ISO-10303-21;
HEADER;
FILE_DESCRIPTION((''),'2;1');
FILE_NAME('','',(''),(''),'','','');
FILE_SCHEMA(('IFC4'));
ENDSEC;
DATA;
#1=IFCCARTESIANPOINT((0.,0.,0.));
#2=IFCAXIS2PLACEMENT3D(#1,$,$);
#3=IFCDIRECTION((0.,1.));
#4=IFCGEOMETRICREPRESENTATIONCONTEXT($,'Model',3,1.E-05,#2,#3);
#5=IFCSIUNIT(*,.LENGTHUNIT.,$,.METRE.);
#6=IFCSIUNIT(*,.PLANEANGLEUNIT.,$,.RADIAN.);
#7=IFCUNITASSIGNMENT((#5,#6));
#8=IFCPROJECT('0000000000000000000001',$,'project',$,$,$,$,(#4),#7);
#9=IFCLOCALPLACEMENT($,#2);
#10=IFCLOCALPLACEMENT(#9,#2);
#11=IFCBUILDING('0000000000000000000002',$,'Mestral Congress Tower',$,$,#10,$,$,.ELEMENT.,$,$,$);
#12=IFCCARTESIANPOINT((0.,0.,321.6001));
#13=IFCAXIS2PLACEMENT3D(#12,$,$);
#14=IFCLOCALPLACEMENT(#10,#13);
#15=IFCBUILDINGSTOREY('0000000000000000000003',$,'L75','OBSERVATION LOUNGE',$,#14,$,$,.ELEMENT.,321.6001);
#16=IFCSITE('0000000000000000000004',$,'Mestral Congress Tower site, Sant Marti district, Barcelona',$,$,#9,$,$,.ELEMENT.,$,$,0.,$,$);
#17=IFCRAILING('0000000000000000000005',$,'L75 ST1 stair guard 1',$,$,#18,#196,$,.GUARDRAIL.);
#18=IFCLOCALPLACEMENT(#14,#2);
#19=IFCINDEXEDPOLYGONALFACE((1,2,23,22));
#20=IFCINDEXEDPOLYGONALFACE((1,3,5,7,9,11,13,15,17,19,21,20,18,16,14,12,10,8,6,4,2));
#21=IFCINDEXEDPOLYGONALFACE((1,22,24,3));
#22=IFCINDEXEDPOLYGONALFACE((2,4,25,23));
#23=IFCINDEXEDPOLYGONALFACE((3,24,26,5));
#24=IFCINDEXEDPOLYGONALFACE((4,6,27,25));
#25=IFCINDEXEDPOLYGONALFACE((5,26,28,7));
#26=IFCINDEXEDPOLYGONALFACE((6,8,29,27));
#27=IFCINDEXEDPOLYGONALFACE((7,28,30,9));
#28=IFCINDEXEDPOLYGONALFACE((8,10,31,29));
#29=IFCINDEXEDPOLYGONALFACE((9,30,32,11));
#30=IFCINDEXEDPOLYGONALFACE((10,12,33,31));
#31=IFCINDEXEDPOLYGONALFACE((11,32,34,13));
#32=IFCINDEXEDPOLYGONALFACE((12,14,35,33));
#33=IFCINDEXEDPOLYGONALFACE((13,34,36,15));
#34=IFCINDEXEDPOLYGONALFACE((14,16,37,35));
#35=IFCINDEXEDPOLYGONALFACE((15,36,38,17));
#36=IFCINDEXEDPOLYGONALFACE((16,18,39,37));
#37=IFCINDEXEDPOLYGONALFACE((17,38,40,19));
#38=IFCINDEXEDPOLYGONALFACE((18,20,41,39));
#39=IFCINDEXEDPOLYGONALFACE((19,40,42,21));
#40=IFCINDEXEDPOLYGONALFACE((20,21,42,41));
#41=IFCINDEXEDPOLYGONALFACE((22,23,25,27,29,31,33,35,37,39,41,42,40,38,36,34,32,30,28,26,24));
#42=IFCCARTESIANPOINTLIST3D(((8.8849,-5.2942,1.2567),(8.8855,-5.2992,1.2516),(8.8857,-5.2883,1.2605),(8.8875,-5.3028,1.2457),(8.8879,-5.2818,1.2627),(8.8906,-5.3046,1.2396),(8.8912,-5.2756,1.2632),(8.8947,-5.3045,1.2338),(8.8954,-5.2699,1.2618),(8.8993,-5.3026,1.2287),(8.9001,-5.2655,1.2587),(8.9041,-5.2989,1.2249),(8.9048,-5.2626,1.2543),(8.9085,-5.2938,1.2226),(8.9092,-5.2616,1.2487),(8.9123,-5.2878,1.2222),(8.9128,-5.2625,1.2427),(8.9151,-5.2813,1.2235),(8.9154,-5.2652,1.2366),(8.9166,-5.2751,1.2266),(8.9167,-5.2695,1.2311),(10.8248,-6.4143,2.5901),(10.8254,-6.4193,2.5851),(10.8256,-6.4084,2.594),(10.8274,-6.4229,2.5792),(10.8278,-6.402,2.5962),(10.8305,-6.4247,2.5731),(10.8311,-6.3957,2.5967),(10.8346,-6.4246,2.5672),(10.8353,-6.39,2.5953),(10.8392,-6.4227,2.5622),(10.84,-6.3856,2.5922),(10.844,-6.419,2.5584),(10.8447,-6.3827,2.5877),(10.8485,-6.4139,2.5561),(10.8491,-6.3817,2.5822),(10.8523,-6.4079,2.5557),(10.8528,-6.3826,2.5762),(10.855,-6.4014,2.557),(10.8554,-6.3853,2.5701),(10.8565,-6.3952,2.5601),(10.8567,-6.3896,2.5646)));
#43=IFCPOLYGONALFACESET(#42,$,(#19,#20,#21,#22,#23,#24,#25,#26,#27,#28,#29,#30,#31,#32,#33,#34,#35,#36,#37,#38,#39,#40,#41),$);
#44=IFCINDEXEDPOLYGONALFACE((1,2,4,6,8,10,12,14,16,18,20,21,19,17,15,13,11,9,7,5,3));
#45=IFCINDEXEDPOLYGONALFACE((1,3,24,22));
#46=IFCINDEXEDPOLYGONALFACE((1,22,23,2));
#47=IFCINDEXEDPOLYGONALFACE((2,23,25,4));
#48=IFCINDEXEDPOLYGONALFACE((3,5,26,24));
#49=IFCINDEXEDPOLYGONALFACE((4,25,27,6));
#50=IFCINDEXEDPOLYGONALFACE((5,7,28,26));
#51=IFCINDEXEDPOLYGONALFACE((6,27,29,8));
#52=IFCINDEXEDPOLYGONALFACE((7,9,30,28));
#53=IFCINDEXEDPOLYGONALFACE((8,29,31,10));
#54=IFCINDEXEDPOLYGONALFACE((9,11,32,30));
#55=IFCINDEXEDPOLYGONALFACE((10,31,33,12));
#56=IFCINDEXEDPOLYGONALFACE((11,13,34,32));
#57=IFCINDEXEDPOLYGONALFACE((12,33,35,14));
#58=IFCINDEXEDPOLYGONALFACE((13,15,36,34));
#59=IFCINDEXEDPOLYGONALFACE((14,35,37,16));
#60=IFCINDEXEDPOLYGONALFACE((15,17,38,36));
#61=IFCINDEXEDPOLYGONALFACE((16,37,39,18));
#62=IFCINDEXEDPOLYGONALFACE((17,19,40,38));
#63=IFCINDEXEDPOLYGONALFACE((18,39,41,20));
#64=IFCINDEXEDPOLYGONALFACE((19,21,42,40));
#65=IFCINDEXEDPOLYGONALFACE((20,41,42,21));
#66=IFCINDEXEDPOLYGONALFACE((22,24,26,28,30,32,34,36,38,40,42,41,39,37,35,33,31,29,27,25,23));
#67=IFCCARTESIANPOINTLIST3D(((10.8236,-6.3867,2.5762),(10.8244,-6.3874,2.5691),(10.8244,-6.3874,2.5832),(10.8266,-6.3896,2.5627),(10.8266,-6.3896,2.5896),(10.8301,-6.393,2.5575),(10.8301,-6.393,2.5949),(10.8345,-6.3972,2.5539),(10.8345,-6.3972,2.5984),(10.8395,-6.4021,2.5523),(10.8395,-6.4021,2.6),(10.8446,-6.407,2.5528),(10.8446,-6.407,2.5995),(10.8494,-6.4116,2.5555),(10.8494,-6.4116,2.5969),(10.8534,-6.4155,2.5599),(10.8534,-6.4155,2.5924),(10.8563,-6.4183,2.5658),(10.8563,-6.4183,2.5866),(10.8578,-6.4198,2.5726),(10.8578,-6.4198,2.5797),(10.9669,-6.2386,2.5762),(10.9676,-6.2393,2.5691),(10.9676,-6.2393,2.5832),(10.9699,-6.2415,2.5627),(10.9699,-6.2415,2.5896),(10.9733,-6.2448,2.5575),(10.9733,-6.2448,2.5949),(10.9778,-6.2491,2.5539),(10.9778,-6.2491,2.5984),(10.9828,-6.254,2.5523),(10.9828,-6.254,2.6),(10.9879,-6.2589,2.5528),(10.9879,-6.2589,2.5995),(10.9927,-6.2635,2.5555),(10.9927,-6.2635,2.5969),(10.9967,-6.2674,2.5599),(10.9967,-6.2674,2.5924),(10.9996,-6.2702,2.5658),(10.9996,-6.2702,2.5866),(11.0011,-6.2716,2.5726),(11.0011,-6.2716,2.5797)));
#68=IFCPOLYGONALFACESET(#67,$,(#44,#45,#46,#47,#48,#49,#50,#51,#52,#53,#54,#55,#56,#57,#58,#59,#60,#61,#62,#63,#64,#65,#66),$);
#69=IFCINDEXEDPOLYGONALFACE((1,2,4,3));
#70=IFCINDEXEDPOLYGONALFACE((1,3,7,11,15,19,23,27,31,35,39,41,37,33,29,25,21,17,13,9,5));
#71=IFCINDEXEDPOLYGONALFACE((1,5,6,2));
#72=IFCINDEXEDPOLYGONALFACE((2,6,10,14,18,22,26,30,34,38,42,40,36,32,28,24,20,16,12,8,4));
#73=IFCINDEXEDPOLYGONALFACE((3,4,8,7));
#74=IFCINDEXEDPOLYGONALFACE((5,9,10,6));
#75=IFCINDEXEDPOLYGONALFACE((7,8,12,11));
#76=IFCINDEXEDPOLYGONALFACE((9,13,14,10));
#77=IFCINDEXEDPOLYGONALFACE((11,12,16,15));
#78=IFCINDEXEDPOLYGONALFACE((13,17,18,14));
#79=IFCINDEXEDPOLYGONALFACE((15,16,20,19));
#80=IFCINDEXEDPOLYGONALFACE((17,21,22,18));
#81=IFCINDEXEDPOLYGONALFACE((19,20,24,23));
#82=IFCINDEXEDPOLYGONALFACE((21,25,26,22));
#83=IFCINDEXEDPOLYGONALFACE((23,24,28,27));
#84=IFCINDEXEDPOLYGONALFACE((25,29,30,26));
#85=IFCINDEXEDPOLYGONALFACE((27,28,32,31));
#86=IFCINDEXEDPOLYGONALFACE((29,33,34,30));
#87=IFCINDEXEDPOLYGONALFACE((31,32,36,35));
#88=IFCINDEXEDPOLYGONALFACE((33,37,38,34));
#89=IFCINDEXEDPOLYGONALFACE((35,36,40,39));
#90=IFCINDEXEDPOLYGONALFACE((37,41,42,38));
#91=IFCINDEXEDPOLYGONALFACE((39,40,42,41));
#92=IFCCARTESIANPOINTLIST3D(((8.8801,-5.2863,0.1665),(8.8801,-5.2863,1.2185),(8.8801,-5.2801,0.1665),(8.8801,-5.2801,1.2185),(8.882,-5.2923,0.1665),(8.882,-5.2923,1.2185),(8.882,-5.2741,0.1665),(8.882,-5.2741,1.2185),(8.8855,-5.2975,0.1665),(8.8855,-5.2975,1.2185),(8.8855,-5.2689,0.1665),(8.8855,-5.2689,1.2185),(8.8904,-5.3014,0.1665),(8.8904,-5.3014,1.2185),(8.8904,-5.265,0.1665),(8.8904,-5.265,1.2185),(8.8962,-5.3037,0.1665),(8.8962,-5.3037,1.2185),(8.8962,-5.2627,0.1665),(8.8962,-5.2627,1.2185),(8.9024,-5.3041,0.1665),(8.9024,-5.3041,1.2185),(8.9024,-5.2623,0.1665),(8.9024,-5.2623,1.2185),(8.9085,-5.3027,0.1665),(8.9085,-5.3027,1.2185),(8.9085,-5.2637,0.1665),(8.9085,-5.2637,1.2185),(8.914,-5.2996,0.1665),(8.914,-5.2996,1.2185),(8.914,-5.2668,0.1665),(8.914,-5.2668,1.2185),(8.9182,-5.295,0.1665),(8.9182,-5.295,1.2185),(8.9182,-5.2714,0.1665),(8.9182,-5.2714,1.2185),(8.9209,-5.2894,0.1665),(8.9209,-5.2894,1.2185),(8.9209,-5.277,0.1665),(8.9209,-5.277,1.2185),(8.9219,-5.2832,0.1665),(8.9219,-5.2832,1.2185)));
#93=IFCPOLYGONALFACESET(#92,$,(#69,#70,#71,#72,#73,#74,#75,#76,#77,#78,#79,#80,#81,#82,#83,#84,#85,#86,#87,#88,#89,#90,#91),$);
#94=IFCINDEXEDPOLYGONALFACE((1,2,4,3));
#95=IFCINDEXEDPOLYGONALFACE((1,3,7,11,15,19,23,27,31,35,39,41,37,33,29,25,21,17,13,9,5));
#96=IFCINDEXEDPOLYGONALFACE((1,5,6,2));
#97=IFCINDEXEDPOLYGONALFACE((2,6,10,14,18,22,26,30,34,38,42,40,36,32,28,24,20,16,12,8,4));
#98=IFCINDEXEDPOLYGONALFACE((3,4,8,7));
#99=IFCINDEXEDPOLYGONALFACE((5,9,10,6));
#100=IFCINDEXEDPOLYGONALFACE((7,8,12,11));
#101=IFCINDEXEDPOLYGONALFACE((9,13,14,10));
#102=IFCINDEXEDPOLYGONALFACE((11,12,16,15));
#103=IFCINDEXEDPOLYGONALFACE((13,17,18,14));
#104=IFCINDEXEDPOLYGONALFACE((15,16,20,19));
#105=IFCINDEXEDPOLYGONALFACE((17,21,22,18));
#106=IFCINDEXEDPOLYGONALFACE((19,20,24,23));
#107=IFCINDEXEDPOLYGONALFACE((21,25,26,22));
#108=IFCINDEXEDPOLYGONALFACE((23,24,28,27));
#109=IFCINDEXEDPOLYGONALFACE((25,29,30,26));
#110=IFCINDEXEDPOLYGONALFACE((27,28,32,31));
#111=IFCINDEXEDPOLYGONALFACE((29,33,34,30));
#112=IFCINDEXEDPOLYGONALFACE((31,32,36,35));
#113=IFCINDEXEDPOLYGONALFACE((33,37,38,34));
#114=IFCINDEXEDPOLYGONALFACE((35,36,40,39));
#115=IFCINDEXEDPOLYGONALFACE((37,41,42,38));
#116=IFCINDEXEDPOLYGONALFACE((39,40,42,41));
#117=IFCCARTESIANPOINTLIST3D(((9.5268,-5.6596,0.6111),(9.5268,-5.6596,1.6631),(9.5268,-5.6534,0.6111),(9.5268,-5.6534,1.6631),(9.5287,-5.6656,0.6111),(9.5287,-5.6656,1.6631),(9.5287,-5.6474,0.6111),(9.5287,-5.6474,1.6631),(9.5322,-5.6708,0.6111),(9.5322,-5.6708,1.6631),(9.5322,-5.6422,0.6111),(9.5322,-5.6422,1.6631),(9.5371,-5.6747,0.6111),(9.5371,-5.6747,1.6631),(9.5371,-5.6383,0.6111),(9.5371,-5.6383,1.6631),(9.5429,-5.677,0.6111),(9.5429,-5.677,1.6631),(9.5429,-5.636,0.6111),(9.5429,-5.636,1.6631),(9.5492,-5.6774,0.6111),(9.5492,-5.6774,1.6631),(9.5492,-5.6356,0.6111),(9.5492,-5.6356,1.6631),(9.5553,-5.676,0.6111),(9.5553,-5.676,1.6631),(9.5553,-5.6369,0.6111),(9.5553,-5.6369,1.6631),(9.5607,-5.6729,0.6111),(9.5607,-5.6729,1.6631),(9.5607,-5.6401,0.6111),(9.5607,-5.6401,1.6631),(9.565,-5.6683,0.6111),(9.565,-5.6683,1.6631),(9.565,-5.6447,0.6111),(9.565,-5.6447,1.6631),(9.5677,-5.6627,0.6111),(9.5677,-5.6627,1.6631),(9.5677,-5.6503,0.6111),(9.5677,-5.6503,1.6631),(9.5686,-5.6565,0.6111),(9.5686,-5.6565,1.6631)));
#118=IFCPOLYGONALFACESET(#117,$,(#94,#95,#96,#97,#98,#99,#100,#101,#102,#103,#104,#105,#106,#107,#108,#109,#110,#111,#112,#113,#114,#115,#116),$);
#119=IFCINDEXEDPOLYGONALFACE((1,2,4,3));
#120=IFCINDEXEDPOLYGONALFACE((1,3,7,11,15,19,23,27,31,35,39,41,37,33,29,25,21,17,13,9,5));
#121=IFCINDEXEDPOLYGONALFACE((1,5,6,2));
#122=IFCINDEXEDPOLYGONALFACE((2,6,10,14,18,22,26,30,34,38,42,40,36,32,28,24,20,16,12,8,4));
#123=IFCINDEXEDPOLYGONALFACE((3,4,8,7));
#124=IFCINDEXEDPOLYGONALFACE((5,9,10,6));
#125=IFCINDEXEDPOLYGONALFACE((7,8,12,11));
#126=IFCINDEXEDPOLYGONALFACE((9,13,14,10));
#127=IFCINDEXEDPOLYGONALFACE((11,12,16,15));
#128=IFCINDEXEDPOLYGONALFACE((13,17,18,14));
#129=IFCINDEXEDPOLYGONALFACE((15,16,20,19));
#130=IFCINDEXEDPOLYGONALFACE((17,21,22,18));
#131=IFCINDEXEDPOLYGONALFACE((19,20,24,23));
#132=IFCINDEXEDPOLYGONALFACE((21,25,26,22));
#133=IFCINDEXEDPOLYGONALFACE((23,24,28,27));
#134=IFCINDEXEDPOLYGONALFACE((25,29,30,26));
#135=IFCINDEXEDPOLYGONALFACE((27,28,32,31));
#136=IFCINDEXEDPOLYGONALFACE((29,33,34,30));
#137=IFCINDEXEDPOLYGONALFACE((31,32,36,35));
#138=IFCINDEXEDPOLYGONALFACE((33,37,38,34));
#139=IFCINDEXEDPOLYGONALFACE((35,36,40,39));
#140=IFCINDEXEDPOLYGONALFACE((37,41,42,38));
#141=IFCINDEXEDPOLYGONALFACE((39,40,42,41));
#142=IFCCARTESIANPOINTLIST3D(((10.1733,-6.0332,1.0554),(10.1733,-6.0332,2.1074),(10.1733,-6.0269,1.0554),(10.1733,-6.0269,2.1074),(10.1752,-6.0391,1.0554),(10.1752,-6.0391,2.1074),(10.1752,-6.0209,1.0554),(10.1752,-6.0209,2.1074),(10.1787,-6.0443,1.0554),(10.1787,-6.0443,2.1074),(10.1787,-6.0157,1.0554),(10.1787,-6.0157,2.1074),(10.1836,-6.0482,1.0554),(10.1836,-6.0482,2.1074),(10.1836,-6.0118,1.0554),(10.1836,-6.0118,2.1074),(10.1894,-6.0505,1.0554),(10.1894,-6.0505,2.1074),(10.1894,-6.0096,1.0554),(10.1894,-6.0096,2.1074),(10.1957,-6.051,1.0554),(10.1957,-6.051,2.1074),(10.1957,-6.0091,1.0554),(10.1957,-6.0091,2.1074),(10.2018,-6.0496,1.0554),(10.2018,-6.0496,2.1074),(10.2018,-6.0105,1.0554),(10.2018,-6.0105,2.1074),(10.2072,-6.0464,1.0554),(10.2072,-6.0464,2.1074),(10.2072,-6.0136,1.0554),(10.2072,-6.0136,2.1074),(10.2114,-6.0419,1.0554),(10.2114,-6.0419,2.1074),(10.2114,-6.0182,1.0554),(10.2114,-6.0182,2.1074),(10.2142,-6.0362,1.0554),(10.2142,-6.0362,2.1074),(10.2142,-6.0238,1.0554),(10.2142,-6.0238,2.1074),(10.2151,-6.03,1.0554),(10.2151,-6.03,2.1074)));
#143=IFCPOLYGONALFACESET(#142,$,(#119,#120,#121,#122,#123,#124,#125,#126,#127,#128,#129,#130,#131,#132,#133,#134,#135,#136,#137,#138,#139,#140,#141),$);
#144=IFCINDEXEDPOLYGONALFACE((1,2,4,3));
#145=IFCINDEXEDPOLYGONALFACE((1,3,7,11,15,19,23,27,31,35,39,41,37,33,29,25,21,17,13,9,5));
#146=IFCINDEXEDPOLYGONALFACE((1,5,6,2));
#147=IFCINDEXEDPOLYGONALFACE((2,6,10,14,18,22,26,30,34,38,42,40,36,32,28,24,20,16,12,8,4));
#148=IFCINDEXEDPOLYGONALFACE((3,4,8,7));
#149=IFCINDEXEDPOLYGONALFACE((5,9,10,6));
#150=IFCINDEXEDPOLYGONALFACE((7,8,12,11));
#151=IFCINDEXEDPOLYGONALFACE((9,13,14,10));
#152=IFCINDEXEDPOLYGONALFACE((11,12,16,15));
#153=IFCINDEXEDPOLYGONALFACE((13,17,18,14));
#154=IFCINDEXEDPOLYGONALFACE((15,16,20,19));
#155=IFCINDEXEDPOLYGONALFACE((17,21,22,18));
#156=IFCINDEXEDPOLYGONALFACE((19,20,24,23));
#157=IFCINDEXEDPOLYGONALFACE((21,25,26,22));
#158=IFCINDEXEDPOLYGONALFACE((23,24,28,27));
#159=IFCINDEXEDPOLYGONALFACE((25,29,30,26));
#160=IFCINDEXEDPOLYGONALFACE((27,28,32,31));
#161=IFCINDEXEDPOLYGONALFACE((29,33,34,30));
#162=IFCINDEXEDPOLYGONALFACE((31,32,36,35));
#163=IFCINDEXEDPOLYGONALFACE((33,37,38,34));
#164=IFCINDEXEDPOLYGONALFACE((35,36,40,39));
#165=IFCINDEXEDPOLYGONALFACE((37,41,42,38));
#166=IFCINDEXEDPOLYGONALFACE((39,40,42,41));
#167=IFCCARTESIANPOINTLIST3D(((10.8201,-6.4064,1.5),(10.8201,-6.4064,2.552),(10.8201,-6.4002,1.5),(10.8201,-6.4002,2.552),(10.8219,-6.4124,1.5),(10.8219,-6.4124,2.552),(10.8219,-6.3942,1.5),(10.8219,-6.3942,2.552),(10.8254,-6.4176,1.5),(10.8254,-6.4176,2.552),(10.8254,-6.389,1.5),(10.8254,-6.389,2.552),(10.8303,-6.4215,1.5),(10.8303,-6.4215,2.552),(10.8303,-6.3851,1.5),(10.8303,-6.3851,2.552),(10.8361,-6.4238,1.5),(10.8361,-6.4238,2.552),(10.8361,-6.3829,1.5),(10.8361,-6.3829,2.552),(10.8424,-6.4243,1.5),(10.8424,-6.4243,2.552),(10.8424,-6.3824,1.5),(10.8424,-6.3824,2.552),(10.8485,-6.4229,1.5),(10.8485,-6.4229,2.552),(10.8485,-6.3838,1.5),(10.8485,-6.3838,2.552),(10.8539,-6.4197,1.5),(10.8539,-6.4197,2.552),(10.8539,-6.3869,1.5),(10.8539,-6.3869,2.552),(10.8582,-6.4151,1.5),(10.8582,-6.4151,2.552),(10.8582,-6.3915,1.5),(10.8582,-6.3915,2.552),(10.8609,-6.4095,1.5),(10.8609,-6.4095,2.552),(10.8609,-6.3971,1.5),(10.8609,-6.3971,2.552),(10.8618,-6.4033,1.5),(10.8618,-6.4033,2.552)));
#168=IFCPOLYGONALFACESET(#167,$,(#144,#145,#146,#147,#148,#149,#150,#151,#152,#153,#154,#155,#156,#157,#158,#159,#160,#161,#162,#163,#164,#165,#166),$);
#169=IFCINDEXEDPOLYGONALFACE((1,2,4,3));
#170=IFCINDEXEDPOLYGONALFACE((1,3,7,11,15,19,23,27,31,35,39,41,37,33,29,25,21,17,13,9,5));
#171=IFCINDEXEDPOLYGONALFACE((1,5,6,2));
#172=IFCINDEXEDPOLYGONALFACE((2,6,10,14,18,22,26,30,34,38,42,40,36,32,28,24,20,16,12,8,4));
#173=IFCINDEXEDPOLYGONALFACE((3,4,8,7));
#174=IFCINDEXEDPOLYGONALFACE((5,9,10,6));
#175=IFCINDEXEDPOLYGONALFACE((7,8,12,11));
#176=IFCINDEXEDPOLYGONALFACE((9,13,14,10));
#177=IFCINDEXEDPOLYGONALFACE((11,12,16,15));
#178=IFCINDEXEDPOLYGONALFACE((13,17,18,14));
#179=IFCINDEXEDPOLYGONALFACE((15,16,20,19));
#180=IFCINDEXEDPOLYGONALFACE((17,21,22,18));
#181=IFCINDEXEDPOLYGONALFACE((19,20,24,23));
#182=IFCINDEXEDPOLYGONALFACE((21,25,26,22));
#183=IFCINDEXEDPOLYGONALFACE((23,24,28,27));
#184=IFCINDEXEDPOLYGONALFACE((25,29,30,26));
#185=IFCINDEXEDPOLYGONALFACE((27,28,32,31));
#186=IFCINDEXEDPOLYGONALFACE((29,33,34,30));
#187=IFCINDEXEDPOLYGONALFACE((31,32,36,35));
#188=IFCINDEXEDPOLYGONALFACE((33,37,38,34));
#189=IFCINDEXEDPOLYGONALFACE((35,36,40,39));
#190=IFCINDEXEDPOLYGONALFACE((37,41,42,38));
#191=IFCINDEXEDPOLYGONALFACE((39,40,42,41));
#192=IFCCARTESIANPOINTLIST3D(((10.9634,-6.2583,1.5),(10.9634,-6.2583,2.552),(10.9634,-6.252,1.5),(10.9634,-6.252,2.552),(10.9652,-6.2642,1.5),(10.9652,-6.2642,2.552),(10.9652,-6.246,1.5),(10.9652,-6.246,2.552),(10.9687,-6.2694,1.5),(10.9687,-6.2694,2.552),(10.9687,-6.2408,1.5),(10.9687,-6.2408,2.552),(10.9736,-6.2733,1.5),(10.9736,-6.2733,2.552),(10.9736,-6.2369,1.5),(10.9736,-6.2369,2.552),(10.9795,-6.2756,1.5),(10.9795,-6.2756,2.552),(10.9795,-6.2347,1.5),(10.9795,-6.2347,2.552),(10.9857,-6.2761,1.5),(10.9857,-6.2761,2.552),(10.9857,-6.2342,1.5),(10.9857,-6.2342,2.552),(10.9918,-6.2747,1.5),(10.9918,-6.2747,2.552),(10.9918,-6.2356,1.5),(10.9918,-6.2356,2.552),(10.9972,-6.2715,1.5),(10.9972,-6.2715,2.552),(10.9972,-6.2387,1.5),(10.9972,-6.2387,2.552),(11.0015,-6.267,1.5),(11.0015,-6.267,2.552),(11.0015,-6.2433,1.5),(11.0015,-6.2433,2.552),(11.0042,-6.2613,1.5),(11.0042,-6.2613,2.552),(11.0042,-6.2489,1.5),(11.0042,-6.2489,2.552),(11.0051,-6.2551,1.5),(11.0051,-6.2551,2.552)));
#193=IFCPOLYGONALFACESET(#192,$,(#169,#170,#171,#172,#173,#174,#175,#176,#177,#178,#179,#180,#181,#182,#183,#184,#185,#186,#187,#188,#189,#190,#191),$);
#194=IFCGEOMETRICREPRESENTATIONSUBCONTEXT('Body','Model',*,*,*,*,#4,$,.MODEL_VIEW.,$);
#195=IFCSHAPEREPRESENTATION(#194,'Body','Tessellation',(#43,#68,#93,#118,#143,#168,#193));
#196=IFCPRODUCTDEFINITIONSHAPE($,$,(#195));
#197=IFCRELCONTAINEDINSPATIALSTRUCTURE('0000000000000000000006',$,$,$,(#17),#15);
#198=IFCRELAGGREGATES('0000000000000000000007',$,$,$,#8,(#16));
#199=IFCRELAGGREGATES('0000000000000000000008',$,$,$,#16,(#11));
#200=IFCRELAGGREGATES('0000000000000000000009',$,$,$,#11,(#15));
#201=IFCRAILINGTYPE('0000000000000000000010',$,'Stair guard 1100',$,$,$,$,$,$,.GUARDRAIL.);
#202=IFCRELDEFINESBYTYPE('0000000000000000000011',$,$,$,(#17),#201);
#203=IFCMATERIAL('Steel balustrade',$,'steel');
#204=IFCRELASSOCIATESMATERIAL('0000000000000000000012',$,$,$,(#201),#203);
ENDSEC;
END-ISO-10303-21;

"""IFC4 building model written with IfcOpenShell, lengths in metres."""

from ifc_helpers import new_model, si_unit, direction, frame, origin, origin_2d, place, context, subcontext, project, spatial, circle, extrude, material, type_object, element, save


model = new_model("IFC4")

# Units and contexts
model_context = context("Model", 3, precision=1e-05, world=origin(), true_north=direction((0.0, 1.0)))
body_context = subcontext(model_context, "Body", "Model", "MODEL_VIEW")
ifc_project = project(units=[si_unit("LENGTHUNIT", "METRE"), si_unit("PLANEANGLEUNIT", "RADIAN")], contexts=[model_context])

# Site, building, storey
site_placement = place(None, origin())
site = spatial("IfcSite", under=ifc_project, at=site_placement, Name="Mestral Congress Tower site, Sant Marti district, Barcelona", CompositionType="ELEMENT", RefElevation=0.0)
building_placement = place(site_placement, origin())
building = spatial("IfcBuilding", under=site, at=building_placement, Name="Mestral Congress Tower", CompositionType="ELEMENT")
storey_placement = place(building_placement, frame((0.0, 0.0, 321.6001)))
storey = spatial("IfcBuildingStorey", under=building, at=storey_placement, Name="L75", Description="OBSERVATION LOUNGE", CompositionType="ELEMENT", Elevation=321.6001)

# Railing
ifc_material_1 = material(Name="Steel balustrade", Category="steel")
railing_type = type_object("IfcRailingType", Name="Stair guard 1100", PredefinedType="GUARDRAIL", material=ifc_material_1)
railing_1_placement = place(storey_placement, frame((8.9009, -5.2832, 0.1665)))
element("IfcRailing", 1, at=railing_1_placement, inside=storey, type_object=railing_type, Name="L75 ST1 stair guard 1", PredefinedType="GUARDRAIL", context=body_context, shape_type="SweptSolid", body=[
    extrude(circle(Radius=0.0239, at=origin_2d()), frame((0.0, 0.0, 1.0762), z_axis=(0.744139, -0.429664, 0.511514), x_axis=(0.500031, 0.866008, 0.0)), (0.0, 0.0, 1.0), 2.6069),
    extrude(circle(Radius=0.0239, at=origin_2d()), frame((1.9399, -1.1201, 2.4097), z_axis=(0.695165, 0.71885, 0.0), x_axis=(-0.71885, 0.695165, 0.0)), (0.0, 0.0, 1.0), 0.2061),
    extrude(circle(Radius=0.021, at=origin_2d()), origin(), (0.0, 0.0, 1.0), 1.052),
    extrude(circle(Radius=0.021, at=origin_2d()), frame((0.6467, -0.3733, 0.4446)), (0.0, 0.0, 1.0), 1.052),
    extrude(circle(Radius=0.021, at=origin_2d()), frame((1.2932, -0.7468, 0.8889)), (0.0, 0.0, 1.0), 1.052),
    extrude(circle(Radius=0.021, at=origin_2d()), frame((1.9399, -1.1201, 1.3335)), (0.0, 0.0, 1.0), 1.052),
    extrude(circle(Radius=0.021, at=origin_2d()), frame((2.0833, -0.9719, 1.3335)), (0.0, 0.0, 1.0), 1.052),
])

save(model, "model.ifc")
